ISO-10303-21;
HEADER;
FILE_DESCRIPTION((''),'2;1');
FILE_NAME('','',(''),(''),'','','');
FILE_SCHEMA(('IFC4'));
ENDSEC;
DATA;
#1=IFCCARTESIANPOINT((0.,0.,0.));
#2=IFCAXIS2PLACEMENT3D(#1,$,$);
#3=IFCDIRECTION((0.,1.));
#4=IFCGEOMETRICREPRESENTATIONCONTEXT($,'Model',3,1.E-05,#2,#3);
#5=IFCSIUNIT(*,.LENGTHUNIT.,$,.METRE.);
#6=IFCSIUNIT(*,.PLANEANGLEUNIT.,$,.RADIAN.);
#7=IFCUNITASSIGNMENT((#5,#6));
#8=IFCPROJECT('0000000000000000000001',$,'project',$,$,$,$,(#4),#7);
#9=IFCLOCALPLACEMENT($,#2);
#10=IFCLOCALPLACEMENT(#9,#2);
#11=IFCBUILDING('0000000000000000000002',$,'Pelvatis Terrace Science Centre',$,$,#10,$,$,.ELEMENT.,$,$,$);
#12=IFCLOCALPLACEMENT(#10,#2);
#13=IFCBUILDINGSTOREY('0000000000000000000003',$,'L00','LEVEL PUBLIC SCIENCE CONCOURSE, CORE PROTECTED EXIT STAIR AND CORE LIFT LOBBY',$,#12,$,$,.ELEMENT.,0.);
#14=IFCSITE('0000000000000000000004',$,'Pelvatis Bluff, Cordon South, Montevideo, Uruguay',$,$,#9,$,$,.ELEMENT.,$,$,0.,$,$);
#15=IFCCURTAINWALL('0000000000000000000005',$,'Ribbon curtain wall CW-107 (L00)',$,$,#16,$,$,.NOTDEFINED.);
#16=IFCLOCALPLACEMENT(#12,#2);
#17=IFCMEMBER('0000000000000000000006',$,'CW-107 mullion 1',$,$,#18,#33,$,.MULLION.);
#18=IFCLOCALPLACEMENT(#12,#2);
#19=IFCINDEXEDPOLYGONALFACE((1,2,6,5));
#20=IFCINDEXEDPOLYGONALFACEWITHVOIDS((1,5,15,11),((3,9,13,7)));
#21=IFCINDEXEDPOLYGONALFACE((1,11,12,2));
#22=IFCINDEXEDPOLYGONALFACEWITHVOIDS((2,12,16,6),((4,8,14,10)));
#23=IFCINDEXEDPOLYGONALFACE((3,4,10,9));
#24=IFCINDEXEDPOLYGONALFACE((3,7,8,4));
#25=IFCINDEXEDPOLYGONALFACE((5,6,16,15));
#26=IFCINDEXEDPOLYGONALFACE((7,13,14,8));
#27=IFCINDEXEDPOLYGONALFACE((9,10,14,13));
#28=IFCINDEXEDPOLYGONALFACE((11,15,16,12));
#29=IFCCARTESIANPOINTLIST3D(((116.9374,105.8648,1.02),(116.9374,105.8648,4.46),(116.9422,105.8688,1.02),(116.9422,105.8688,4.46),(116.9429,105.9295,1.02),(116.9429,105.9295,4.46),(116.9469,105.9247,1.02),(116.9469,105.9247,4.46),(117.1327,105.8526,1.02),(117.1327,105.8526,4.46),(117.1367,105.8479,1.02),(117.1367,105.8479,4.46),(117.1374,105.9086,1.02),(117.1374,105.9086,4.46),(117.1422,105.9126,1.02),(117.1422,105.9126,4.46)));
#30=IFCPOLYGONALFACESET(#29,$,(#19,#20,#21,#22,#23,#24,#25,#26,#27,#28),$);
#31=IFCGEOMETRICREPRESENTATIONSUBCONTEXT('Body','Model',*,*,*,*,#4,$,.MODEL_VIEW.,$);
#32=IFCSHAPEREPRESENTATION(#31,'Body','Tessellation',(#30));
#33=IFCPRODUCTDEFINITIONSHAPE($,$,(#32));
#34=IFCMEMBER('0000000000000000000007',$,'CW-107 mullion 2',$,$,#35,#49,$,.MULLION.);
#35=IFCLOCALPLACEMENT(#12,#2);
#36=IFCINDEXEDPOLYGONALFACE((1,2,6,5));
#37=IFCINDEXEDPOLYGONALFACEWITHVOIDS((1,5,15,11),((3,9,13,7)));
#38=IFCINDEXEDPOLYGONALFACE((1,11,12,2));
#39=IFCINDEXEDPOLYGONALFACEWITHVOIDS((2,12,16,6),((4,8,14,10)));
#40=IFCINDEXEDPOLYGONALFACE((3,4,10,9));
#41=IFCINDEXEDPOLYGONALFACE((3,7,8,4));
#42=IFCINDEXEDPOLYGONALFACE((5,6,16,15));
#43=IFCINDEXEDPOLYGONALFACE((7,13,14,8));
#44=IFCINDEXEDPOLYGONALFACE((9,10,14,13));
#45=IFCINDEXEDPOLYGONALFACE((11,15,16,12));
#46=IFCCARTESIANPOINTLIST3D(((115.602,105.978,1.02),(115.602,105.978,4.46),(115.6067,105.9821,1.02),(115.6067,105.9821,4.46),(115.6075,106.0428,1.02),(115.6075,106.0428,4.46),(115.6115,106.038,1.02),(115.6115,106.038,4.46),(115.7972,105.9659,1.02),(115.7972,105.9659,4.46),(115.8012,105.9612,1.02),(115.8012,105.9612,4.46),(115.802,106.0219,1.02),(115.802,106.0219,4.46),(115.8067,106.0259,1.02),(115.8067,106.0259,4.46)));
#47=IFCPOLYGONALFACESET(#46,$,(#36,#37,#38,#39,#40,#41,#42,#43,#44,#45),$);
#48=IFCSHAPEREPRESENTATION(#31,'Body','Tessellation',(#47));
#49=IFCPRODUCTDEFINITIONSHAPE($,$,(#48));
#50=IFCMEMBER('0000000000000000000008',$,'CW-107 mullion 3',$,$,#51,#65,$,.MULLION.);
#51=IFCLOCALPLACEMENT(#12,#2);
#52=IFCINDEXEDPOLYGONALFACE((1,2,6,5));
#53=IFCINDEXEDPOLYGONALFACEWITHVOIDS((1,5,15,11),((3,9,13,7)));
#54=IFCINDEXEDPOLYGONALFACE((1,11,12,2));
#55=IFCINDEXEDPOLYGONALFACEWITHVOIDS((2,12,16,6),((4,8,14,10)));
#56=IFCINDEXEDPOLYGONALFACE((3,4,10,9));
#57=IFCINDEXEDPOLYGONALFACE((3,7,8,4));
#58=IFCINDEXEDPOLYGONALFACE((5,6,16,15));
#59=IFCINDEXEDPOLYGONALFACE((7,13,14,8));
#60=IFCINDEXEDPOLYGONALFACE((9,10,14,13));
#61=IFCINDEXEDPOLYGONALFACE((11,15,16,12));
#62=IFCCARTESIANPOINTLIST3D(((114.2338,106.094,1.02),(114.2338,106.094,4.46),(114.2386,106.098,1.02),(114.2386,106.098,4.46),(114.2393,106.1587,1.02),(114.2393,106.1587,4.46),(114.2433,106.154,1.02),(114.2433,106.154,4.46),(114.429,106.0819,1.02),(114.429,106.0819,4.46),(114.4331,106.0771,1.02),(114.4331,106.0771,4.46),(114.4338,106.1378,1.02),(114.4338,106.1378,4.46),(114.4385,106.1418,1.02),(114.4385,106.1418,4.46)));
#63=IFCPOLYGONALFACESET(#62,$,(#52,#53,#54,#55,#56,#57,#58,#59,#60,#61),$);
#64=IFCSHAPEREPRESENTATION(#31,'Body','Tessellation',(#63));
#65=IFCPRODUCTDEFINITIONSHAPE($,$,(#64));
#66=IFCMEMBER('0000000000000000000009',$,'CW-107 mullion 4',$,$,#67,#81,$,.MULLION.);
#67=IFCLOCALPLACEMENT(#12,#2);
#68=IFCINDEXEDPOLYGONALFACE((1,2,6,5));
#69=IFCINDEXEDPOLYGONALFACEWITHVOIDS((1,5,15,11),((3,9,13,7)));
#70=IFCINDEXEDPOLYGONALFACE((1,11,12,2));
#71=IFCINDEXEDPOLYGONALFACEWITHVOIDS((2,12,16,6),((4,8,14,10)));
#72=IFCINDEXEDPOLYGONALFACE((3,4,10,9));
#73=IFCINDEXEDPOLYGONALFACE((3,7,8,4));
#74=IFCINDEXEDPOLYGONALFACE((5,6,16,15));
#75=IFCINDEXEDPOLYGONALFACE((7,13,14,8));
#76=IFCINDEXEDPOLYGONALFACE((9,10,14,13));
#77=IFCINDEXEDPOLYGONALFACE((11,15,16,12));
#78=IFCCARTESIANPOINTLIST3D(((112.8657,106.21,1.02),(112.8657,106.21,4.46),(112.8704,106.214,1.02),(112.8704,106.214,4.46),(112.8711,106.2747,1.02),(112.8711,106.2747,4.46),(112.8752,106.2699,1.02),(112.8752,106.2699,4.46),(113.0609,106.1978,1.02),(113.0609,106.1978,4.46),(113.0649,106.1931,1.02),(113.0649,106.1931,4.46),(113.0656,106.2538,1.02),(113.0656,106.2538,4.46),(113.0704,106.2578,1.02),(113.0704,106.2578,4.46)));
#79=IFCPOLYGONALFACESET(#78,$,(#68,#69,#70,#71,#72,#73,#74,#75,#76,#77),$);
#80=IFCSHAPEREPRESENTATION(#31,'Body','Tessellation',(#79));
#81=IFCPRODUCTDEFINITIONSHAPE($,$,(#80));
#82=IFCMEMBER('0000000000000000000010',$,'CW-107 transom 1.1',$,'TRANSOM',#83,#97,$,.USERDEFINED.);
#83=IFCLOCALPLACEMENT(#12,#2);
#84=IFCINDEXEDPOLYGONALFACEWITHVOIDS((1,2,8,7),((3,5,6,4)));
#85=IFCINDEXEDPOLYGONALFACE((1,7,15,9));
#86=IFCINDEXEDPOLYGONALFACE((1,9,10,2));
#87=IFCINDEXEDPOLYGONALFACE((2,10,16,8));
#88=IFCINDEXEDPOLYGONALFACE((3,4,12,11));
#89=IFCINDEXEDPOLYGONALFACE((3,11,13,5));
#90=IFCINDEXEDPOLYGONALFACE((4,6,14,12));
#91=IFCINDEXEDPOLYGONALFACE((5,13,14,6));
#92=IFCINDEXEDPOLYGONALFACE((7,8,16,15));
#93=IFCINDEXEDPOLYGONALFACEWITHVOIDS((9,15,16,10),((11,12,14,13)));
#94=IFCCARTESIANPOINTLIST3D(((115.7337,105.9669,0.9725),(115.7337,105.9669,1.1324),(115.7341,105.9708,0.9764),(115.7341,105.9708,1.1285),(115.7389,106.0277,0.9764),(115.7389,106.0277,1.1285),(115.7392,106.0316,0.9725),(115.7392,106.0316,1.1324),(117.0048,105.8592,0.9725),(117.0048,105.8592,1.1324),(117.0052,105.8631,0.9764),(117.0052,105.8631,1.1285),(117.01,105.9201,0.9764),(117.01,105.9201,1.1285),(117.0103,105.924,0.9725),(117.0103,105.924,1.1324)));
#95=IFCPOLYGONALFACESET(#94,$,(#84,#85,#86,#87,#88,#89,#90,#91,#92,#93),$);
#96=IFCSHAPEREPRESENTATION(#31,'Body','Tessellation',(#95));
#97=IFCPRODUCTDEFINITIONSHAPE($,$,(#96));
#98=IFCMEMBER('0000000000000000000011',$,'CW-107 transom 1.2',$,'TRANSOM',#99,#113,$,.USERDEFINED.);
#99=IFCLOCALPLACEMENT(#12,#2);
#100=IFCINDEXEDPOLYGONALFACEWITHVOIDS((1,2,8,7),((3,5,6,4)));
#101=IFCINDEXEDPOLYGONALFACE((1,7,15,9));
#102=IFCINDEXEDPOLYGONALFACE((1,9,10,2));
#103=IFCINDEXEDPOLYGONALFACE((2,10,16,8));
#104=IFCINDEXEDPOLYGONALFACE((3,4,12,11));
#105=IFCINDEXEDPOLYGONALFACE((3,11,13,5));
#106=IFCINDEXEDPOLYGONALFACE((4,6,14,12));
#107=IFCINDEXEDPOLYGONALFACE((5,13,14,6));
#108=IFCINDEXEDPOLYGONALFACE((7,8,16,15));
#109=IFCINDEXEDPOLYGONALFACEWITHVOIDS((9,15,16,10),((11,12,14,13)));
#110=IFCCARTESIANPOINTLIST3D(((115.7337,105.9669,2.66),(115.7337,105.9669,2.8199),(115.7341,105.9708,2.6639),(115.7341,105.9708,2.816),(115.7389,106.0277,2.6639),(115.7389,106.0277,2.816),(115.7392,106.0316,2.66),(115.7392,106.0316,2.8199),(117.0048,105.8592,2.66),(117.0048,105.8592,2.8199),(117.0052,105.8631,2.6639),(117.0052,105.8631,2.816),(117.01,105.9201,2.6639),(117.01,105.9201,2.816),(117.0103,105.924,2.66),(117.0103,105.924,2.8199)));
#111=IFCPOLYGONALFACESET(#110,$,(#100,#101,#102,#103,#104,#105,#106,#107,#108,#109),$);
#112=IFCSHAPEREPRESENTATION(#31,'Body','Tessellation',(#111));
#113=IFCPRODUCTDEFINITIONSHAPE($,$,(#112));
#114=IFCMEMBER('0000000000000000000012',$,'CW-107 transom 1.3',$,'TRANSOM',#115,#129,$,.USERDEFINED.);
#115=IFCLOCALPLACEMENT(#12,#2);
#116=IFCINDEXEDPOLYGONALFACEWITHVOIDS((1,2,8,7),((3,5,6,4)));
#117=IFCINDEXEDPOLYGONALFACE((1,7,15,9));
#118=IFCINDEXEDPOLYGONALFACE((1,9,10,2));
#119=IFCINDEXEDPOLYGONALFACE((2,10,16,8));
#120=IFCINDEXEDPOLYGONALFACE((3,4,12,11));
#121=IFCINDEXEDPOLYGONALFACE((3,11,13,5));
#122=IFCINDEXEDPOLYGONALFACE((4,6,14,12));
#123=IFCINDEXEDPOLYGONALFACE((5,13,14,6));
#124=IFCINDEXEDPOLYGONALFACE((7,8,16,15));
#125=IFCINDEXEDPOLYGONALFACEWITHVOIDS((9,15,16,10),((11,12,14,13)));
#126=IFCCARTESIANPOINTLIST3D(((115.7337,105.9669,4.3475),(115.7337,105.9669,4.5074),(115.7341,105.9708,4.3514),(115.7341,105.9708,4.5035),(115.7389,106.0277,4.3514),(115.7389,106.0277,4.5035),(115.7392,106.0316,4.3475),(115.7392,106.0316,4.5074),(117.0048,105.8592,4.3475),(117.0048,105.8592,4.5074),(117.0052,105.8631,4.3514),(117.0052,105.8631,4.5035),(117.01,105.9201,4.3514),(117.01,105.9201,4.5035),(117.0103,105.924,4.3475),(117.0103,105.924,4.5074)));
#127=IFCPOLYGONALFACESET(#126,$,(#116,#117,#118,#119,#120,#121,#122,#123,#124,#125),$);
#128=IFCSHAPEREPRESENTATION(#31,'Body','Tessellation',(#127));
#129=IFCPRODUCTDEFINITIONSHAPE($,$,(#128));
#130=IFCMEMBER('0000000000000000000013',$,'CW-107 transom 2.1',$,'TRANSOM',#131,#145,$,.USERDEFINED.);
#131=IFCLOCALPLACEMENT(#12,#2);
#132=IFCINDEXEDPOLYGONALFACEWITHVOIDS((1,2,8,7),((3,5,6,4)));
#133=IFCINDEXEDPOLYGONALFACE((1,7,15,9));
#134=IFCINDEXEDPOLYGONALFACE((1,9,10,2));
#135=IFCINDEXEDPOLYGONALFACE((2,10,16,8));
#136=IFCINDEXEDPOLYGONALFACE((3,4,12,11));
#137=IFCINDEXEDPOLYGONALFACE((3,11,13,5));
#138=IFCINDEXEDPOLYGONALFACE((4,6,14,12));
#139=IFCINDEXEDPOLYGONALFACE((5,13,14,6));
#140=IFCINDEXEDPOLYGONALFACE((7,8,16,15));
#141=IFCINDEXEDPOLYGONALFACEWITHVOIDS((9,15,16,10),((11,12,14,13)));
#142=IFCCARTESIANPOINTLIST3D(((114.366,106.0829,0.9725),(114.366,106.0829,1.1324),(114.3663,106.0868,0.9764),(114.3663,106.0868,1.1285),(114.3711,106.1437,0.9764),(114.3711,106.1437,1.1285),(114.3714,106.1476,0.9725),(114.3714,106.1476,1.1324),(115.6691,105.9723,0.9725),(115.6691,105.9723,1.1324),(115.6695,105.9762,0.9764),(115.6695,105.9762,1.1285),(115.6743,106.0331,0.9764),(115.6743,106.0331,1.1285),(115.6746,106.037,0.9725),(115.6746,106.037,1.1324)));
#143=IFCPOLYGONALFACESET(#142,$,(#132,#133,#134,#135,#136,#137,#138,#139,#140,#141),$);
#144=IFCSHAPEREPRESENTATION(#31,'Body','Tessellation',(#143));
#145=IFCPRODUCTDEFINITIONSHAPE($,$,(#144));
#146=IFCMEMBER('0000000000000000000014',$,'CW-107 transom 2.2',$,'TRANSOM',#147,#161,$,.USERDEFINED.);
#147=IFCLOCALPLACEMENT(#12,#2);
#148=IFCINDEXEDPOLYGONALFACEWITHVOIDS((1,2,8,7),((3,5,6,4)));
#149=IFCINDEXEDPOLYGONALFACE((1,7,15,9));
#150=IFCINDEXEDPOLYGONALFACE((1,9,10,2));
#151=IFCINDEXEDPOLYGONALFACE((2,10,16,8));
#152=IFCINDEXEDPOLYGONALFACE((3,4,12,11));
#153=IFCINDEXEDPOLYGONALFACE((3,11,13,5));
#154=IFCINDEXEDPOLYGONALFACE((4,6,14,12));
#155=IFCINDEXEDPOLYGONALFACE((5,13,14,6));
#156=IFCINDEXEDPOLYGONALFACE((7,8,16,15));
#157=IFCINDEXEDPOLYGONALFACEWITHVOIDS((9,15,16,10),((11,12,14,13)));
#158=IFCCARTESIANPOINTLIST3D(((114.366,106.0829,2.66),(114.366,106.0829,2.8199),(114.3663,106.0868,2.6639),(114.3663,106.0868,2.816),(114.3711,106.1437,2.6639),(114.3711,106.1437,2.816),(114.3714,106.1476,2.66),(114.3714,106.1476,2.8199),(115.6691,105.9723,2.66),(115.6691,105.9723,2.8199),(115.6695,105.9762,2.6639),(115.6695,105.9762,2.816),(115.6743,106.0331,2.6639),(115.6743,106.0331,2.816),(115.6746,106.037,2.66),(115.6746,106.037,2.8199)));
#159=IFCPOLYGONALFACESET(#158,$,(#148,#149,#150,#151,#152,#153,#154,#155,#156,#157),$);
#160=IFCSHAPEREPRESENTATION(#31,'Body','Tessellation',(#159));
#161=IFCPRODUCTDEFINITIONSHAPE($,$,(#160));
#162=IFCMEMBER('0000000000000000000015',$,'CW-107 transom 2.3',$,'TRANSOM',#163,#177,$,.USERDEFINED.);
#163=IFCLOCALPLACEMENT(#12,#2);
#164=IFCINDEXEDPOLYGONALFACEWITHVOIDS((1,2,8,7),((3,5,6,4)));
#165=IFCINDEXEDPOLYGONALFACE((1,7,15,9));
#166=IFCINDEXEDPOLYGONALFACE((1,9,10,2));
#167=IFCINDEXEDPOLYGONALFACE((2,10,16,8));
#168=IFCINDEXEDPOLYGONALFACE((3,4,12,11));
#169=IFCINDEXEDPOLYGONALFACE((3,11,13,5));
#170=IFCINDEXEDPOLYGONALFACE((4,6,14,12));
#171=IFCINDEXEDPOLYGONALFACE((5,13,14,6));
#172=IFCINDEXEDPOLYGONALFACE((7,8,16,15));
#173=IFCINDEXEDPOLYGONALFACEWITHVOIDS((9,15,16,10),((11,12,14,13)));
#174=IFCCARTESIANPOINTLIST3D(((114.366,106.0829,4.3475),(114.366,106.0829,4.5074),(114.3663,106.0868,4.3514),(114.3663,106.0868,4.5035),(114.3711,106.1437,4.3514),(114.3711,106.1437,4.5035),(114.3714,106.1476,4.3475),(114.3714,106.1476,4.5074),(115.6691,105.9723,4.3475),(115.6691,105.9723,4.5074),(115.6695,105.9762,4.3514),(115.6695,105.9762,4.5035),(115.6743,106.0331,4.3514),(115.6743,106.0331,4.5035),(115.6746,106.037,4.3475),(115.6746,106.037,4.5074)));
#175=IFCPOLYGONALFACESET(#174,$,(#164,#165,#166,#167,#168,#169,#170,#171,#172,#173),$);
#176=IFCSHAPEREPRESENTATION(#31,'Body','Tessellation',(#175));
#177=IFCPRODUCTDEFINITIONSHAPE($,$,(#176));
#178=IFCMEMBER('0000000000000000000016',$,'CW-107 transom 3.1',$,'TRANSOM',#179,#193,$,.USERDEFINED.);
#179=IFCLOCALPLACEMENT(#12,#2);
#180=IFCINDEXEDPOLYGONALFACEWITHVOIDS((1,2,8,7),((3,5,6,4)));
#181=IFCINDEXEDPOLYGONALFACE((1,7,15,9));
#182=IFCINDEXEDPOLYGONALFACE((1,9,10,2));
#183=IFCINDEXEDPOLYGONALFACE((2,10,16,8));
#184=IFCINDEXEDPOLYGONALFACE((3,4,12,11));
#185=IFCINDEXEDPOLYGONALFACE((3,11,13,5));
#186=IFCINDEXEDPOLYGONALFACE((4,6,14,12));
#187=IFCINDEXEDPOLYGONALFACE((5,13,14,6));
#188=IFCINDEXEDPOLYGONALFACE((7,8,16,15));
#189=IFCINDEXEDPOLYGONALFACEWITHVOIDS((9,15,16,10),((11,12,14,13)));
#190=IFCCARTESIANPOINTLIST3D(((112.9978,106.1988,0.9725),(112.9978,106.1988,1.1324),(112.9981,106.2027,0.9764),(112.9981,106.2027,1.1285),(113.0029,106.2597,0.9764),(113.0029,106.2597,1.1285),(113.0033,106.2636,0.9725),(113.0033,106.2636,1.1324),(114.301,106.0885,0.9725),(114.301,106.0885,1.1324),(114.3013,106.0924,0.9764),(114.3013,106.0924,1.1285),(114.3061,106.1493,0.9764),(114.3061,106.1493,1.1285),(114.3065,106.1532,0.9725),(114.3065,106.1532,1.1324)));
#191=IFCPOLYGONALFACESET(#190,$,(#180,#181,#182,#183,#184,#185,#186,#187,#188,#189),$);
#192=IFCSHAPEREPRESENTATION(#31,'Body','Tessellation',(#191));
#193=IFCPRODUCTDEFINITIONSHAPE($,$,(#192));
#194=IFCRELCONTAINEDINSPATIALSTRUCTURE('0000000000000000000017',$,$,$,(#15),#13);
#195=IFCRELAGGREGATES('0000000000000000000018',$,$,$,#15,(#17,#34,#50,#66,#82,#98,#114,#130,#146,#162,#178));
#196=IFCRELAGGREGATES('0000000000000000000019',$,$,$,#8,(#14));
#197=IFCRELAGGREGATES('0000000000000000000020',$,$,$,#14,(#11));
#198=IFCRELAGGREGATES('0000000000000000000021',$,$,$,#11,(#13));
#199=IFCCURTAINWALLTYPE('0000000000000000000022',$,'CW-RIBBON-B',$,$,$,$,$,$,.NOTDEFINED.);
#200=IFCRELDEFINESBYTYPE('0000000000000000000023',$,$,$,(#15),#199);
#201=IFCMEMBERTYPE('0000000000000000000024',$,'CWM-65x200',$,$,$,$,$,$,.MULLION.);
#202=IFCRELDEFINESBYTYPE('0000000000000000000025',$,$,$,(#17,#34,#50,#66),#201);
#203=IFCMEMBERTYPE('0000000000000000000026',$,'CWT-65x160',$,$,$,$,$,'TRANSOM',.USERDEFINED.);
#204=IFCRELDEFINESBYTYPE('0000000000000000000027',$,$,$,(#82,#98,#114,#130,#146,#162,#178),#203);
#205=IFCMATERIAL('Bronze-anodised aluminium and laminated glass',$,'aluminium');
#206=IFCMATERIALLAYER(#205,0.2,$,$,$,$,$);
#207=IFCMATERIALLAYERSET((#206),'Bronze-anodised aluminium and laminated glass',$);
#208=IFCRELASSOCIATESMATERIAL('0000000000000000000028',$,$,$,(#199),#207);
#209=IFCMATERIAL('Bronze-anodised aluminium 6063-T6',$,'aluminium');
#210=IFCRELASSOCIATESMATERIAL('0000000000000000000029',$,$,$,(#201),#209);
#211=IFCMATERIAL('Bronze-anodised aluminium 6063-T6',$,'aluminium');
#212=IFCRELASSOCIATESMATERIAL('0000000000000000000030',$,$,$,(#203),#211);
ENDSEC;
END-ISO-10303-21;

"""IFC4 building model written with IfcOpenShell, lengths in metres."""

from ifc_helpers import new_model, si_unit, direction, frame, origin, origin_2d, place, context, subcontext, project, spatial, hollow_rectangle, extrude, material, layer, layer_set, material_profile, profile_set, type_object, element, aggregate, save


model = new_model("IFC4")

# Units and contexts
model_context = context("Model", 3, precision=1e-05, world=origin(), true_north=direction((0.0, 1.0)))
body_context = subcontext(model_context, "Body", "Model", "MODEL_VIEW")
ifc_project = project(units=[si_unit("LENGTHUNIT", "METRE"), si_unit("PLANEANGLEUNIT", "RADIAN")], contexts=[model_context])

# Site, building, storey
site_placement = place(None, origin())
site = spatial("IfcSite", under=ifc_project, at=site_placement, Name="Pelvatis Bluff, Cordon South, Montevideo, Uruguay", CompositionType="ELEMENT", RefElevation=0.0)
building_placement = place(site_placement, origin())
building = spatial("IfcBuilding", under=site, at=building_placement, Name="Pelvatis Terrace Science Centre", CompositionType="ELEMENT")
storey_placement = place(building_placement, origin())
storey = spatial("IfcBuildingStorey", under=building, at=storey_placement, Name="L00", Description="LEVEL PUBLIC SCIENCE CONCOURSE, CORE PROTECTED EXIT STAIR AND CORE LIFT LOBBY", CompositionType="ELEMENT", Elevation=0.0)

# Curtain wall, members
ifc_material_1 = material(Name="Bronze-anodised aluminium and laminated glass", Category="aluminium")
ifc_layer_1 = layer(ifc_material_1, 0.2)
ifc_layer_set_1 = layer_set([ifc_layer_1], Name="Bronze-anodised aluminium and laminated glass")
curtain_wall_type = type_object("IfcCurtainWallType", Name="CW-RIBBON-B", PredefinedType="NOTDEFINED", material=ifc_layer_set_1)
curtain_wall_placement = place(storey_placement, origin())
curtain_wall = element("IfcCurtainWall", 1, at=curtain_wall_placement, inside=storey, type_object=curtain_wall_type, Name="Ribbon curtain wall CW-107 (L00)", PredefinedType="NOTDEFINED")
ifc_material_2 = material(Name="Bronze-anodised aluminium 6063-T6", Category="aluminium")
ifc_material_profile_1 = material_profile(ifc_material_2, hollow_rectangle(XDim=0.0649, YDim=0.2, WallThickness=0.0044, at=origin_2d()), Name="ALU-MUL 65x200")
ifc_profile_set_1 = profile_set([ifc_material_profile_1], Name="Bronze-anodised aluminium 6063-T6")
member_type_1 = type_object("IfcMemberType", Name="CWM-65x200", PredefinedType="MULLION", material=ifc_profile_set_1)
member_1_placement = place(storey_placement, frame((117.0398, 105.8887, 1.02), z_axis=(0.0, 0.0, 1.0), x_axis=(-0.084488, -0.996425, 0.0)))
member_1 = element("IfcMember", 2, at=member_1_placement, type_object=member_type_1, Name="CW-107 mullion 1", PredefinedType="MULLION", context=body_context, shape_type="SweptSolid", body=[
    extrude(hollow_rectangle(XDim=0.0649, YDim=0.2, WallThickness=0.0044, at=origin_2d()), origin(), (0.0, 0.0, 1.0), 3.4399),
])
member_2_placement = place(storey_placement, frame((115.7043, 106.002, 1.02), z_axis=(0.0, 0.0, 1.0), x_axis=(-0.084488, -0.996425, 0.0)))
member_2 = element("IfcMember", 3, at=member_2_placement, type_object=member_type_1, Name="CW-107 mullion 2", PredefinedType="MULLION", context=body_context, shape_type="SweptSolid", body=[
    extrude(hollow_rectangle(XDim=0.0649, YDim=0.2, WallThickness=0.0044, at=origin_2d()), origin(), (0.0, 0.0, 1.0), 3.4399),
])
member_3_placement = place(storey_placement, frame((114.3362, 106.1179, 1.02), z_axis=(0.0, 0.0, 1.0), x_axis=(-0.084488, -0.996425, 0.0)))
member_3 = element("IfcMember", 4, at=member_3_placement, type_object=member_type_1, Name="CW-107 mullion 3", PredefinedType="MULLION", context=body_context, shape_type="SweptSolid", body=[
    extrude(hollow_rectangle(XDim=0.0649, YDim=0.2, WallThickness=0.0044, at=origin_2d()), origin(), (0.0, 0.0, 1.0), 3.4399),
])
member_4_placement = place(storey_placement, frame((112.968, 106.2339, 1.02), z_axis=(0.0, 0.0, 1.0), x_axis=(-0.084488, -0.996425, 0.0)))
member_4 = element("IfcMember", 5, at=member_4_placement, type_object=member_type_1, Name="CW-107 mullion 4", PredefinedType="MULLION", context=body_context, shape_type="SweptSolid", body=[
    extrude(hollow_rectangle(XDim=0.0649, YDim=0.2, WallThickness=0.0044, at=origin_2d()), origin(), (0.0, 0.0, 1.0), 3.4399),
])
ifc_material_3 = material(Name="Bronze-anodised aluminium 6063-T6", Category="aluminium")
ifc_material_profile_2 = material_profile(ifc_material_3, hollow_rectangle(XDim=0.0649, YDim=0.1599, WallThickness=0.0039, at=origin_2d()), Name="ALU-TRN 65x160")
ifc_profile_set_2 = profile_set([ifc_material_profile_2], Name="Bronze-anodised aluminium 6063-T6")
member_type_2 = type_object("IfcMemberType", Name="CWT-65x160", ElementType="TRANSOM", PredefinedType="USERDEFINED", material=ifc_profile_set_2)
member_5_placement = place(storey_placement, frame((117.0076, 105.8916, 1.0525), z_axis=(-0.996431, 0.084408, 0.0), x_axis=(-0.084408, -0.996431, 0.0)))
member_5 = element("IfcMember", 6, at=member_5_placement, type_object=member_type_2, Name="CW-107 transom 1.1", ObjectType="TRANSOM", PredefinedType="USERDEFINED", context=body_context, shape_type="SweptSolid", body=[
    extrude(hollow_rectangle(XDim=0.0649, YDim=0.1599, WallThickness=0.0039, at=origin_2d()), origin(), (0.0, 0.0, 1.0), 1.2756),
])
member_6_placement = place(storey_placement, frame((117.0076, 105.8916, 2.74), z_axis=(-0.996431, 0.084408, 0.0), x_axis=(-0.084408, -0.996431, 0.0)))
member_6 = element("IfcMember", 7, at=member_6_placement, type_object=member_type_2, Name="CW-107 transom 1.2", ObjectType="TRANSOM", PredefinedType="USERDEFINED", context=body_context, shape_type="SweptSolid", body=[
    extrude(hollow_rectangle(XDim=0.0649, YDim=0.1599, WallThickness=0.0039, at=origin_2d()), origin(), (0.0, 0.0, 1.0), 1.2756),
])
member_7_placement = place(storey_placement, frame((117.0076, 105.8916, 4.4275), z_axis=(-0.996431, 0.084408, 0.0), x_axis=(-0.084408, -0.996431, 0.0)))
member_7 = element("IfcMember", 8, at=member_7_placement, type_object=member_type_2, Name="CW-107 transom 1.3", ObjectType="TRANSOM", PredefinedType="USERDEFINED", context=body_context, shape_type="SweptSolid", body=[
    extrude(hollow_rectangle(XDim=0.0649, YDim=0.1599, WallThickness=0.0039, at=origin_2d()), origin(), (0.0, 0.0, 1.0), 1.2756),
])
member_8_placement = place(storey_placement, frame((115.6719, 106.0046, 1.0525), z_axis=(-0.996418, 0.084559, 0.0), x_axis=(-0.084559, -0.996418, 0.0)))
member_8 = element("IfcMember", 9, at=member_8_placement, type_object=member_type_2, Name="CW-107 transom 2.1", ObjectType="TRANSOM", PredefinedType="USERDEFINED", context=body_context, shape_type="SweptSolid", body=[
    extrude(hollow_rectangle(XDim=0.0649, YDim=0.1599, WallThickness=0.0039, at=origin_2d()), origin(), (0.0, 0.0, 1.0), 1.3079),
])
member_9_placement = place(storey_placement, frame((115.6719, 106.0046, 2.74), z_axis=(-0.996418, 0.084559, 0.0), x_axis=(-0.084559, -0.996418, 0.0)))
member_9 = element("IfcMember", 10, at=member_9_placement, type_object=member_type_2, Name="CW-107 transom 2.2", ObjectType="TRANSOM", PredefinedType="USERDEFINED", context=body_context, shape_type="SweptSolid", body=[
    extrude(hollow_rectangle(XDim=0.0649, YDim=0.1599, WallThickness=0.0039, at=origin_2d()), origin(), (0.0, 0.0, 1.0), 1.3079),
])
member_10_placement = place(storey_placement, frame((115.6719, 106.0046, 4.4275), z_axis=(-0.996418, 0.084559, 0.0), x_axis=(-0.084559, -0.996418, 0.0)))
member_10 = element("IfcMember", 11, at=member_10_placement, type_object=member_type_2, Name="CW-107 transom 2.3", ObjectType="TRANSOM", PredefinedType="USERDEFINED", context=body_context, shape_type="SweptSolid", body=[
    extrude(hollow_rectangle(XDim=0.0649, YDim=0.1599, WallThickness=0.0039, at=origin_2d()), origin(), (0.0, 0.0, 1.0), 1.3079),
])
member_11_placement = place(storey_placement, frame((114.3037, 106.1208, 1.0525), z_axis=(-0.996434, 0.084374, 0.0), x_axis=(-0.084374, -0.996434, 0.0)))
member_11 = element("IfcMember", 12, at=member_11_placement, type_object=member_type_2, Name="CW-107 transom 3.1", ObjectType="TRANSOM", PredefinedType="USERDEFINED", context=body_context, shape_type="SweptSolid", body=[
    extrude(hollow_rectangle(XDim=0.0649, YDim=0.1599, WallThickness=0.0039, at=origin_2d()), origin(), (0.0, 0.0, 1.0), 1.3079),
])
aggregate(curtain_wall, [member_1, member_2, member_3, member_4, member_5, member_6, member_7, member_8, member_9, member_10, member_11])

save(model, "model.ifc")
